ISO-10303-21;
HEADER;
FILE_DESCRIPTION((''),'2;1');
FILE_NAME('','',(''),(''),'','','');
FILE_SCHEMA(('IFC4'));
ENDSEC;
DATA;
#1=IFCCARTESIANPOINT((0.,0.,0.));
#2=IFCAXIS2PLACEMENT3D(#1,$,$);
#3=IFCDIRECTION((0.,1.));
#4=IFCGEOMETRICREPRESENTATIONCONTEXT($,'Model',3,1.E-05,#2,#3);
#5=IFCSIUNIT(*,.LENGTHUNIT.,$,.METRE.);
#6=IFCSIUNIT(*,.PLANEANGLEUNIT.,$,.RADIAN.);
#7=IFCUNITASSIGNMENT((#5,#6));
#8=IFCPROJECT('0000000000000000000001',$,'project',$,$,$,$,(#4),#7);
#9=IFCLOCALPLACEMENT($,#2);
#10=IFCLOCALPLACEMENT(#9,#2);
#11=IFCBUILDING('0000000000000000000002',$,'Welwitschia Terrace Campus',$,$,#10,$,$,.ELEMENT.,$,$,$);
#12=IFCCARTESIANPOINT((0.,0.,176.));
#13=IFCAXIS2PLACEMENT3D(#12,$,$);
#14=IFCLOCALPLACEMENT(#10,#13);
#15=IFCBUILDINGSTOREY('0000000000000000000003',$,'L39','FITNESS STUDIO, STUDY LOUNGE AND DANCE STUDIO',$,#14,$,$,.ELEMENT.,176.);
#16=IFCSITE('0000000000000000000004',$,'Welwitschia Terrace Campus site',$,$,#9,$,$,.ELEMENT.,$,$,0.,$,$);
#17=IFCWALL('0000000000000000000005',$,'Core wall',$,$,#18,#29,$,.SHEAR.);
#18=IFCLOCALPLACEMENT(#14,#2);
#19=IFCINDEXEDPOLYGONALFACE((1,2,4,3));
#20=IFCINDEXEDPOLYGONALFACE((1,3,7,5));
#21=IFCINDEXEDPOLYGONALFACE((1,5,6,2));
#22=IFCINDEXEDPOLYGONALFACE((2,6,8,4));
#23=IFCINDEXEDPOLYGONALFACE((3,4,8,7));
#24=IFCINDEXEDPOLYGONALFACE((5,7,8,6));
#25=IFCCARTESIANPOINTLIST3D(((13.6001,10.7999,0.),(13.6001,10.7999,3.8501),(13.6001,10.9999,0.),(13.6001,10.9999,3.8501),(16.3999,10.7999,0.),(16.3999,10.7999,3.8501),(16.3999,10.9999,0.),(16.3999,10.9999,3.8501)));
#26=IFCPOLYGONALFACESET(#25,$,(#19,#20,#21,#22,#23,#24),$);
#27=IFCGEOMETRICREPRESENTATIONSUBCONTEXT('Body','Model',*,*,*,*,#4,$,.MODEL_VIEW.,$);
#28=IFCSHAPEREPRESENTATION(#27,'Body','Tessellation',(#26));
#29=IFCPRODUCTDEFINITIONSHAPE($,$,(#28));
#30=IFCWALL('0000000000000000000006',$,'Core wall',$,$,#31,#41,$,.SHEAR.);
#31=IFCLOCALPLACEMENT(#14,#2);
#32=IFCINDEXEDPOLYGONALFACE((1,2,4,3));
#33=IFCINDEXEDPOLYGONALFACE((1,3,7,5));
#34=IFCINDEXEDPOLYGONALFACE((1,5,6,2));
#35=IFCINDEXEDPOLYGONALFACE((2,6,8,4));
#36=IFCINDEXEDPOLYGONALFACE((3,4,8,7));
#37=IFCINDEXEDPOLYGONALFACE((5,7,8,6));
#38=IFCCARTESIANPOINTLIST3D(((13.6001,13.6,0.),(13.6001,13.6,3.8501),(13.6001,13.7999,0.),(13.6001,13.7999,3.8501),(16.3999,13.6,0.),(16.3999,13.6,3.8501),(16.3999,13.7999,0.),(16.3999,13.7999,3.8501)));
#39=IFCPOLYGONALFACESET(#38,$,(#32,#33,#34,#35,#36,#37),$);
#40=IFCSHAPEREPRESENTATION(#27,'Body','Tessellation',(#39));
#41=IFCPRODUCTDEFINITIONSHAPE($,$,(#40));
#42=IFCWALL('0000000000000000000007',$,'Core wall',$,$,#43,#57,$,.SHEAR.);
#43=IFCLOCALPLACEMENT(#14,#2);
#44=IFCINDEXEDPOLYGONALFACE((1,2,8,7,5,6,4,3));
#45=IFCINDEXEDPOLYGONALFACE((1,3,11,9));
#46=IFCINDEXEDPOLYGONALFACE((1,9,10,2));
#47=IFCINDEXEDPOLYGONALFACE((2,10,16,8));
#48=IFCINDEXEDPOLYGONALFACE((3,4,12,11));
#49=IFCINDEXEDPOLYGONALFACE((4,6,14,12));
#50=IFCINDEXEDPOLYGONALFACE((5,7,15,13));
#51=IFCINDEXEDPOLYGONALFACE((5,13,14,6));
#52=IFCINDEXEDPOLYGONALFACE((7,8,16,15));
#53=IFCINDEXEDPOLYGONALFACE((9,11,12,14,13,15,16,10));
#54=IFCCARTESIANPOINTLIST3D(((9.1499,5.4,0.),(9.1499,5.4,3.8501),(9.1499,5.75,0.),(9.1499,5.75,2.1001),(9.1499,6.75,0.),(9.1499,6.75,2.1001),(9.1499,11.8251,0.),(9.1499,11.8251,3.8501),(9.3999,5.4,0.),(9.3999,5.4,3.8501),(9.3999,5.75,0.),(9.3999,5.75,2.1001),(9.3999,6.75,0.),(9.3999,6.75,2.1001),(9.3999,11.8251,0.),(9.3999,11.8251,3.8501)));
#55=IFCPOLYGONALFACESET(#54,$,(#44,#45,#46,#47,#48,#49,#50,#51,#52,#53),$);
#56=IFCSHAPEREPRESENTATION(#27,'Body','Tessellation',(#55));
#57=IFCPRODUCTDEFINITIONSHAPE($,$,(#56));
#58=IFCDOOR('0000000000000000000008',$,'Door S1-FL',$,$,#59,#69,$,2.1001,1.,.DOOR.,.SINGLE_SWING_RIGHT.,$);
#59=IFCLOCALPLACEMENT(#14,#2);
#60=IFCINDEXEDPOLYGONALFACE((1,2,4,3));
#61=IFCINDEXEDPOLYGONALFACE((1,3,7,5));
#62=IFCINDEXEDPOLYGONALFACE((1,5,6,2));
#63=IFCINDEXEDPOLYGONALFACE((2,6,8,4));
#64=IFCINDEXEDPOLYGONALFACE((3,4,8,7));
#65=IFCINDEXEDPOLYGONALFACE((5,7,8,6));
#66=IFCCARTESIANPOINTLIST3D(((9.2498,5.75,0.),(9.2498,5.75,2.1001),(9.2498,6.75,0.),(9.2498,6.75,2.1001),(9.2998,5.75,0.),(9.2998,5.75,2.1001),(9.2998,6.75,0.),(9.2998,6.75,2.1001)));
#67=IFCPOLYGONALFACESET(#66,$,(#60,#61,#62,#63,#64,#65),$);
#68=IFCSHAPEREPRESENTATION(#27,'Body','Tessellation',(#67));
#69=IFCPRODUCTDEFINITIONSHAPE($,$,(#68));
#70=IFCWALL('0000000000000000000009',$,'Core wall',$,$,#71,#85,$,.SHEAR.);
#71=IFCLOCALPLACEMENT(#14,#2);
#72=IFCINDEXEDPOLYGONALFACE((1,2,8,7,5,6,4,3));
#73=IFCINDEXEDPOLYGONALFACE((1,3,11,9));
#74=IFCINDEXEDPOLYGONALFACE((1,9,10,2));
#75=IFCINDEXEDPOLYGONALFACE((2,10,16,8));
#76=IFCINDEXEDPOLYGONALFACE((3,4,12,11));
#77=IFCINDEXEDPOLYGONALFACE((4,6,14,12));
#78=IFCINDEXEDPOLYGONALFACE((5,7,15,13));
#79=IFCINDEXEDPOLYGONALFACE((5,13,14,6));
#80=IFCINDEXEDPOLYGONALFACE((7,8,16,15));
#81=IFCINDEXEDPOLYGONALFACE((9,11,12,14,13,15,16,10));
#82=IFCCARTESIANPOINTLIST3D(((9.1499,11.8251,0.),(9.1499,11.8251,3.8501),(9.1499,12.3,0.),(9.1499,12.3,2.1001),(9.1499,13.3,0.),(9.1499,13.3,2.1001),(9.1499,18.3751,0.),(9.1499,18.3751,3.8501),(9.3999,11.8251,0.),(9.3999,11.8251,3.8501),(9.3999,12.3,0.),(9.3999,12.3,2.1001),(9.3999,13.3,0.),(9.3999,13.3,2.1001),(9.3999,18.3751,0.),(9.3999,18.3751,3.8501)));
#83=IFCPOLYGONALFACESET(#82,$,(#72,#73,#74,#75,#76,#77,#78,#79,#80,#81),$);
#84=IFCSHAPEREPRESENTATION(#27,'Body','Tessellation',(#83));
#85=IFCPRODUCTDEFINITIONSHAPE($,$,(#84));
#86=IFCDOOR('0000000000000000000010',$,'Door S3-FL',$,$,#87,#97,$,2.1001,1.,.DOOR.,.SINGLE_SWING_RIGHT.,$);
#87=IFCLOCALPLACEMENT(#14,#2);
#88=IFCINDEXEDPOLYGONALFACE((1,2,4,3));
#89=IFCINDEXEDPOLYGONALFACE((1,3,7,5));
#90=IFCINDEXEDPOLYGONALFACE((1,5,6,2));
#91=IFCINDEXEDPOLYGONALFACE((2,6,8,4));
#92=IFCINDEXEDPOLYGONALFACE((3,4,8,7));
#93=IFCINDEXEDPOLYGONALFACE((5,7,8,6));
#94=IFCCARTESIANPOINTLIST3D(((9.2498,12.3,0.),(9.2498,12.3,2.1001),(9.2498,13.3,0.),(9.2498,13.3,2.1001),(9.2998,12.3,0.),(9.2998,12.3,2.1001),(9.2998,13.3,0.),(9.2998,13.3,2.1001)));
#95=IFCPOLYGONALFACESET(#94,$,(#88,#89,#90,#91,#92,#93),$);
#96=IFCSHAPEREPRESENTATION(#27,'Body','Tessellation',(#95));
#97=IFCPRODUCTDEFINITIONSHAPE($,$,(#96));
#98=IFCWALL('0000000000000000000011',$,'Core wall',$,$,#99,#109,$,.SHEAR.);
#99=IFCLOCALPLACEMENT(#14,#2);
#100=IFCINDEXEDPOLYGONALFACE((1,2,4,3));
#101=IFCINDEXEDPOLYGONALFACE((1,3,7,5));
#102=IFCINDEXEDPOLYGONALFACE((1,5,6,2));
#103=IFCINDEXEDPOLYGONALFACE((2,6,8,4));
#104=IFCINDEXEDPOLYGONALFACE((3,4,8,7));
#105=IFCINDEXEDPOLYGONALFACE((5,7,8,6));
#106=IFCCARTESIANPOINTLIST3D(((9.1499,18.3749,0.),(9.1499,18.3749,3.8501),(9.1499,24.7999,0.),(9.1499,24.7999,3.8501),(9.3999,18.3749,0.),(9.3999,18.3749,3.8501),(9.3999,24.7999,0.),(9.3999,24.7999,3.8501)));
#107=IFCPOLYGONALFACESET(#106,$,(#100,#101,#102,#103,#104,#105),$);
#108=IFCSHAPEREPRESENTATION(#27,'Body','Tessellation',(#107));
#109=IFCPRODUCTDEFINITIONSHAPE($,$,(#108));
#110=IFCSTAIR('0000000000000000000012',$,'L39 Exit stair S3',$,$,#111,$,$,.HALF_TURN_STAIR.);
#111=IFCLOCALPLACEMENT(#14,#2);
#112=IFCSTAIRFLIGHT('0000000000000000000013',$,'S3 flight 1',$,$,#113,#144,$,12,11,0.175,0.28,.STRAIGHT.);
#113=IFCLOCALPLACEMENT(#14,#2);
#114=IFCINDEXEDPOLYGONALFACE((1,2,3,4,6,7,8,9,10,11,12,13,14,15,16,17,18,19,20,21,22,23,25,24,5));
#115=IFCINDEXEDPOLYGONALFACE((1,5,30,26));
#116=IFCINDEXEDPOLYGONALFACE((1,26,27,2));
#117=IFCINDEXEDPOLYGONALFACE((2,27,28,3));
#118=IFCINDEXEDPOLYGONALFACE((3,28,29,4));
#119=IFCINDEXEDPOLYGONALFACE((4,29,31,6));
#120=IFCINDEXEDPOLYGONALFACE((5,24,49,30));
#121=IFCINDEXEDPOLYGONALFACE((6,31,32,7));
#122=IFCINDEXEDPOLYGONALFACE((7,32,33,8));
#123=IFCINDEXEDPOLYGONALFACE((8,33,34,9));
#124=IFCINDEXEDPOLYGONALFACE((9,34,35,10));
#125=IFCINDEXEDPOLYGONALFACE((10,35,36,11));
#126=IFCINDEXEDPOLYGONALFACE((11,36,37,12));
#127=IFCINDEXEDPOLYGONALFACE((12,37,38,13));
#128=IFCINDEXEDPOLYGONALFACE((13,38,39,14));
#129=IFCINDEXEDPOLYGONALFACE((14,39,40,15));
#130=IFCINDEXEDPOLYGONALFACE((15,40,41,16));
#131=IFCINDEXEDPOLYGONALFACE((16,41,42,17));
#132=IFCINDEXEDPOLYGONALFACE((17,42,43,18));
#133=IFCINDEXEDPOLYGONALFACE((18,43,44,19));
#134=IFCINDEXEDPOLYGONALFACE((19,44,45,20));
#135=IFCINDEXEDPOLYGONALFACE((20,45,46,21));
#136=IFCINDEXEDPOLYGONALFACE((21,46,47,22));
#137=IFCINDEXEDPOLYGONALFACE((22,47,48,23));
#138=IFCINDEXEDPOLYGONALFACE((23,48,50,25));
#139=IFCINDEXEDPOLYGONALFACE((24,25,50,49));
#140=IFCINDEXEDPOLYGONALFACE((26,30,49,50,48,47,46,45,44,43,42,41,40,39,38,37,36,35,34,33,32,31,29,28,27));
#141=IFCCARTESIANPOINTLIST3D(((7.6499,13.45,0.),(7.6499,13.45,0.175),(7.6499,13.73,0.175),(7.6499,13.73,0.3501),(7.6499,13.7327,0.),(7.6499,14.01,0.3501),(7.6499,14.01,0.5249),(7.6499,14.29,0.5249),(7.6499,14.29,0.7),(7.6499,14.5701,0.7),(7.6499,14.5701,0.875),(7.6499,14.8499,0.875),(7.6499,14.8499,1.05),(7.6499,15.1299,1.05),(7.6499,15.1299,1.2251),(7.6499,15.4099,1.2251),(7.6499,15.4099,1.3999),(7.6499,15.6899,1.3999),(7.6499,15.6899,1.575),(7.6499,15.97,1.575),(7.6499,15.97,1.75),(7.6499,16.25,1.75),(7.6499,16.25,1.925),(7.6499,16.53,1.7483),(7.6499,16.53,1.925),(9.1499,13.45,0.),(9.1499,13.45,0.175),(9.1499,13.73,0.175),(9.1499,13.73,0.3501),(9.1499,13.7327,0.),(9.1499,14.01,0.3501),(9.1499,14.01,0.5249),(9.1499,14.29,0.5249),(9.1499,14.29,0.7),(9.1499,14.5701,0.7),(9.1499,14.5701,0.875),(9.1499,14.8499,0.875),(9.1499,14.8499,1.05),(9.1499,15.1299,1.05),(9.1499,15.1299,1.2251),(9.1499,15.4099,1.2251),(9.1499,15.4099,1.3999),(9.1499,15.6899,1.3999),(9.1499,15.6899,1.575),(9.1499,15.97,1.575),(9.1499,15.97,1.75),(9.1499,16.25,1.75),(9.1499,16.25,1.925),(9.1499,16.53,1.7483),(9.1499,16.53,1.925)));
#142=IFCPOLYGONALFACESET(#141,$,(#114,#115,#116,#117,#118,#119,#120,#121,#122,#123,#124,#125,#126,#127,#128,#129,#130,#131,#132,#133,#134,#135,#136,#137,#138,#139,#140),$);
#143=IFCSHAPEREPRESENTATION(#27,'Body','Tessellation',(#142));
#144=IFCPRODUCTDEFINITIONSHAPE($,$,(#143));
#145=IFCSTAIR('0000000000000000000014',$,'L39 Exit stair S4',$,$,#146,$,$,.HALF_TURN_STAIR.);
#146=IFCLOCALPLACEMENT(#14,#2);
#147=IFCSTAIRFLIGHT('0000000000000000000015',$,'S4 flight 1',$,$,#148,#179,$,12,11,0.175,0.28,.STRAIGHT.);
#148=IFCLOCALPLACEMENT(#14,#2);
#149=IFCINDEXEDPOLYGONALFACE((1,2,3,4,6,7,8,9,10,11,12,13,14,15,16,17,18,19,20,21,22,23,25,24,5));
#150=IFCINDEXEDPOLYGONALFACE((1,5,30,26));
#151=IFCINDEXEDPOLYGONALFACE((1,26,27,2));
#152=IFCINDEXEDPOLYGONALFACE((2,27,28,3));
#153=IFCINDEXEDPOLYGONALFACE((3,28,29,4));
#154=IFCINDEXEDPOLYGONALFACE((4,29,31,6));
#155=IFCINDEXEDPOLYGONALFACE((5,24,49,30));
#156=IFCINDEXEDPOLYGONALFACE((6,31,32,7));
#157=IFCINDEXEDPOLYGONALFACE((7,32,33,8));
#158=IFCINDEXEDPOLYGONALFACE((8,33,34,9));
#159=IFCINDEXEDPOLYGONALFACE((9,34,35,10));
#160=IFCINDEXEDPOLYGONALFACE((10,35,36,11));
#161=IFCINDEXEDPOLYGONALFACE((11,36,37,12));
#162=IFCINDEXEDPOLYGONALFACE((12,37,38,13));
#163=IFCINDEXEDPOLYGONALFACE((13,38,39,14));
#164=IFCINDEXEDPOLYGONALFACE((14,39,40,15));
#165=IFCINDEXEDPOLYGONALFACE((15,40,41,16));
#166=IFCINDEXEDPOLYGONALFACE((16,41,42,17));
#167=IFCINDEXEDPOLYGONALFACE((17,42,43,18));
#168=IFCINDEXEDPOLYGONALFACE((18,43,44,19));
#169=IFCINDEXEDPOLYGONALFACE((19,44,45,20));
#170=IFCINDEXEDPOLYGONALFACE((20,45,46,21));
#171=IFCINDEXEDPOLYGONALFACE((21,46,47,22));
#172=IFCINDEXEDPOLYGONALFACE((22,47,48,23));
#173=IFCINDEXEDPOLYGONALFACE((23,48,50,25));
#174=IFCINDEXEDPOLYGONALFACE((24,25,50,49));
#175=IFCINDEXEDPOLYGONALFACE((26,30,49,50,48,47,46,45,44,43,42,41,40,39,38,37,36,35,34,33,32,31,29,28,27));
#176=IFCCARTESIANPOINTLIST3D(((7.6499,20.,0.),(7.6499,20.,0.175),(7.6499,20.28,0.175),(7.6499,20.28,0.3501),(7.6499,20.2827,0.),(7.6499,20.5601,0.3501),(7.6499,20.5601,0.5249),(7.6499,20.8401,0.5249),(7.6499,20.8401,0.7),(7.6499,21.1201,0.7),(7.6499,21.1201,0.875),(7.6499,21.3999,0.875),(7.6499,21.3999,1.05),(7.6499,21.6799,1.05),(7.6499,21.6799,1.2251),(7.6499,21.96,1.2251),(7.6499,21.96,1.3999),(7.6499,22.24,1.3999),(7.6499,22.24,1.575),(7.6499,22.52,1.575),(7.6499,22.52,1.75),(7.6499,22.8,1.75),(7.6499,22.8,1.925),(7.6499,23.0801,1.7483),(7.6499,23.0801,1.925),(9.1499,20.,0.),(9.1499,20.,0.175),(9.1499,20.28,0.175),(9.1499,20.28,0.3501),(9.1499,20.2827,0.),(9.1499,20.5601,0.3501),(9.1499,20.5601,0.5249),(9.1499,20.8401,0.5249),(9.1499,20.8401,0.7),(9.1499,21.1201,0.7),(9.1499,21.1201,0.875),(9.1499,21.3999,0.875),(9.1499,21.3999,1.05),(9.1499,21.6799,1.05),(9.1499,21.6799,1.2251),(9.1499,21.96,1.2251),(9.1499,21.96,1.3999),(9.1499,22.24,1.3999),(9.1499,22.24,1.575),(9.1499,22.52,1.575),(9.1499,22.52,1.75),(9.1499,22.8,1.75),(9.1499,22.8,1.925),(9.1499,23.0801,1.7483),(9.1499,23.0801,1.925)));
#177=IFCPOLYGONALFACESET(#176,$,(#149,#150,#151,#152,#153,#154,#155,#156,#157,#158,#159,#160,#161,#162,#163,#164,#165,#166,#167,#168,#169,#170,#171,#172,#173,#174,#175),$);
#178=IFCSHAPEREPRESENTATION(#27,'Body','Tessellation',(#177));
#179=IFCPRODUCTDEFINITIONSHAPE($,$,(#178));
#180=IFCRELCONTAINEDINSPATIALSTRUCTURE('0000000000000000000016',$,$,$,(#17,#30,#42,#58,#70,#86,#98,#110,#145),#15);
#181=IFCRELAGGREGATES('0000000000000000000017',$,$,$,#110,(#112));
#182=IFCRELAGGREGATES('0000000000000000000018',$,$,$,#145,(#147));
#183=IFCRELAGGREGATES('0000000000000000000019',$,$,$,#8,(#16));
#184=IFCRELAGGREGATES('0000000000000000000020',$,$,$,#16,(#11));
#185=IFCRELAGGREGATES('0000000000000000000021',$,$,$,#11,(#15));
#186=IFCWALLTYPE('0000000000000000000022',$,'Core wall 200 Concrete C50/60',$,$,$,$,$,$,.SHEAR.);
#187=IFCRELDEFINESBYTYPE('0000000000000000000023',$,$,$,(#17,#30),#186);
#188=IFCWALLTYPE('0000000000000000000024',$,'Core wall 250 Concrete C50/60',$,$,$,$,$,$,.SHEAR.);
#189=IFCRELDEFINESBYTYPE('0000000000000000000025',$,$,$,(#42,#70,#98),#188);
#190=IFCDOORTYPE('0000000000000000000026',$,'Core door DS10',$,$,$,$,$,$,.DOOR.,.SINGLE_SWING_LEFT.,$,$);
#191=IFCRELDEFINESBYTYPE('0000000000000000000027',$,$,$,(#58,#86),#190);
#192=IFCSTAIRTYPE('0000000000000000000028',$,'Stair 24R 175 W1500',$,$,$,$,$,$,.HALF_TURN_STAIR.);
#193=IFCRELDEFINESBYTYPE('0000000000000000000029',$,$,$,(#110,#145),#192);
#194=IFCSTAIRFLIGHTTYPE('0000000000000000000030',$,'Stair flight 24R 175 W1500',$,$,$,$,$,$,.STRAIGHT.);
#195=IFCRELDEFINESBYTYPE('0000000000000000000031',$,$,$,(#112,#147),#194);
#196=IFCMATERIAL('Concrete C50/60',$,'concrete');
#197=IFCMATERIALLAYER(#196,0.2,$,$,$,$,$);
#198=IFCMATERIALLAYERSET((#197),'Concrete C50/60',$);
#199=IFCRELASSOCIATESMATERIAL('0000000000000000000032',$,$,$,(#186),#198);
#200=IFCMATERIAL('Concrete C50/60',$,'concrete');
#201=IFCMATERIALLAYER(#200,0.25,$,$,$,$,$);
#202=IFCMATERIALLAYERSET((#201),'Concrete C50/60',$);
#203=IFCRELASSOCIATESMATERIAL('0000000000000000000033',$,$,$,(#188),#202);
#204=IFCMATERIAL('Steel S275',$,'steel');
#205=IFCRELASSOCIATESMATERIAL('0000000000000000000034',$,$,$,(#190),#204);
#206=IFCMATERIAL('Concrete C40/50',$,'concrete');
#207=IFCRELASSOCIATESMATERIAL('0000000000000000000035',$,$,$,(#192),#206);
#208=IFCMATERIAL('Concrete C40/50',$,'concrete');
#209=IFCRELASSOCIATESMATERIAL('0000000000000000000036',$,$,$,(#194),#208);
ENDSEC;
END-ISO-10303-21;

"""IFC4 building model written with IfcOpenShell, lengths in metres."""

from ifc_helpers import new_model, si_unit, direction, frame, frame_2d, origin, place, context, subcontext, project, spatial, polyline, rectangle, outline, extrude, material, layer, layer_set, type_object, element, fill, aggregate, save


model = new_model("IFC4")

# Units and contexts
model_context = context("Model", 3, precision=1e-05, world=origin(), true_north=direction((0.0, 1.0)))
body_context = subcontext(model_context, "Body", "Model", "MODEL_VIEW")
ifc_project = project(units=[si_unit("LENGTHUNIT", "METRE"), si_unit("PLANEANGLEUNIT", "RADIAN")], contexts=[model_context])

# Site, building, storey
site_placement = place(None, origin())
site = spatial("IfcSite", under=ifc_project, at=site_placement, Name="Welwitschia Terrace Campus site", CompositionType="ELEMENT", RefElevation=0.0)
building_placement = place(site_placement, origin())
building = spatial("IfcBuilding", under=site, at=building_placement, Name="Welwitschia Terrace Campus", CompositionType="ELEMENT")
storey_placement = place(building_placement, frame((0.0, 0.0, 176.0)))
storey = spatial("IfcBuildingStorey", under=building, at=storey_placement, Name="L39", Description="FITNESS STUDIO, STUDY LOUNGE AND DANCE STUDIO", CompositionType="ELEMENT", Elevation=176.0)

# Walls
ifc_material_1 = material(Name="Concrete C50/60", Category="concrete")
ifc_layer_1 = layer(ifc_material_1, 0.2)
ifc_layer_set_1 = layer_set([ifc_layer_1], Name="Concrete C50/60")
wall_type_1 = type_object("IfcWallType", Name="Core wall 200 Concrete C50/60", PredefinedType="SHEAR", material=ifc_layer_set_1)
for number, where, z_axis, x_axis, name in (
    (1, (13.6001, 10.8999, 0.0), (0.0, 0.0, 1.0), (1.0, 0.0, 0.0), "Core wall"),
    (2, (13.6001, 13.7, 0.0), (0.0, 0.0, 1.0), (1.0, 0.0, 0.0), "Core wall"),
):
    element("IfcWall", number, at=place(storey_placement, frame(where, z_axis=z_axis, x_axis=x_axis)), inside=storey, type_object=wall_type_1, Name=name, PredefinedType="SHEAR", context=body_context, shape_type="SweptSolid", body=[
        extrude(rectangle(XDim=2.7998, YDim=0.2, at=frame_2d((1.3999, 0.0))), origin(), (0.0, 0.0, 1.0), 3.8501),
    ])

# Walls, openings, doors
ifc_material_2 = material(Name="Concrete C50/60", Category="concrete")
ifc_layer_2 = layer(ifc_material_2, 0.25)
ifc_layer_set_2 = layer_set([ifc_layer_2], Name="Concrete C50/60")
wall_type_2 = type_object("IfcWallType", Name="Core wall 250 Concrete C50/60", PredefinedType="SHEAR", material=ifc_layer_set_2)
wall_1_placement = place(storey_placement, frame((9.2749, 11.825, 0.0), z_axis=(0.0, 0.0, 1.0), x_axis=(0.0, -1.0, 0.0)))
wall_1 = element("IfcWall", 3, at=wall_1_placement, inside=storey, type_object=wall_type_2, Name="Core wall", PredefinedType="SHEAR", context=body_context, shape_type="SweptSolid", body=[
    extrude(rectangle(XDim=6.425, YDim=0.25, at=frame_2d((3.2124, 0.0))), origin(), (0.0, 0.0, 1.0), 3.8501),
])
opening_1_placement = place(wall_1_placement, frame((5.075, 0.0, 0.0)))
opening_1 = element("IfcOpeningElement", 4, at=opening_1_placement, cuts=wall_1, PredefinedType="OPENING", context=body_context, shape_type="SweptSolid", body=[
    extrude(rectangle(XDim=1.0, YDim=2.1001, at=frame_2d((0.5, 1.05))), frame((0.0, 0.135, 0.0), z_axis=(0.0, -1.0, 0.0), x_axis=(1.0, 0.0, 0.0)), (0.0, 0.0, 1.0), 0.27),
])
ifc_material_3 = material(Name="Steel S275", Category="steel")
door_type_1 = type_object("IfcDoorType", Name="Core door DS10", OperationType="SINGLE_SWING_LEFT", PredefinedType="DOOR", material=ifc_material_3)
door_1_placement = place(opening_1_placement, origin())
door_1 = element("IfcDoor", 5, at=door_1_placement, inside=storey, type_object=door_type_1, Name="Door S1-FL", OperationType="SINGLE_SWING_RIGHT", OverallHeight=2.1001, OverallWidth=1.0, PredefinedType="DOOR", context=body_context, shape_type="SweptSolid", body=[
    extrude(rectangle(XDim=1.0, YDim=2.1001, at=frame_2d((0.5, 1.05))), frame((0.0, 0.0249, 0.0), z_axis=(0.0, -1.0, 0.0), x_axis=(1.0, 0.0, 0.0)), (0.0, 0.0, 1.0), 0.05),
])
fill(opening_1, door_1)
wall_2_placement = place(storey_placement, frame((9.2749, 18.375, 0.0), z_axis=(0.0, 0.0, 1.0), x_axis=(0.0, -1.0, 0.0)))
wall_2 = element("IfcWall", 6, at=wall_2_placement, inside=storey, type_object=wall_type_2, Name="Core wall", PredefinedType="SHEAR", context=body_context, shape_type="SweptSolid", body=[
    extrude(rectangle(XDim=6.55, YDim=0.25, at=frame_2d((3.2749, 0.0))), origin(), (0.0, 0.0, 1.0), 3.8501),
])
opening_2_placement = place(wall_2_placement, frame((5.075, 0.0, 0.0)))
opening_2 = element("IfcOpeningElement", 7, at=opening_2_placement, cuts=wall_2, PredefinedType="OPENING", context=body_context, shape_type="SweptSolid", body=[
    extrude(rectangle(XDim=1.0, YDim=2.1001, at=frame_2d((0.5, 1.05))), frame((0.0, 0.135, 0.0), z_axis=(0.0, -1.0, 0.0), x_axis=(1.0, 0.0, 0.0)), (0.0, 0.0, 1.0), 0.27),
])
door_2_placement = place(opening_2_placement, origin())
door_2 = element("IfcDoor", 8, at=door_2_placement, inside=storey, type_object=door_type_1, Name="Door S3-FL", OperationType="SINGLE_SWING_RIGHT", OverallHeight=2.1001, OverallWidth=1.0, PredefinedType="DOOR", context=body_context, shape_type="SweptSolid", body=[
    extrude(rectangle(XDim=1.0, YDim=2.1001, at=frame_2d((0.5, 1.05))), frame((0.0, 0.0249, 0.0), z_axis=(0.0, -1.0, 0.0), x_axis=(1.0, 0.0, 0.0)), (0.0, 0.0, 1.0), 0.05),
])
fill(opening_2, door_2)

# Wall
wall_3_placement = place(storey_placement, frame((9.2749, 18.375, 0.0), z_axis=(0.0, 0.0, 1.0), x_axis=(0.0, 1.0, 0.0)))
element("IfcWall", 9, at=wall_3_placement, inside=storey, type_object=wall_type_2, Name="Core wall", PredefinedType="SHEAR", context=body_context, shape_type="SweptSolid", body=[
    extrude(rectangle(XDim=6.425, YDim=0.25, at=frame_2d((3.2124, 0.0))), origin(), (0.0, 0.0, 1.0), 3.8501),
])

# Stairs, stair flights
ifc_material_4 = material(Name="Concrete C40/50", Category="concrete")
stair_type = type_object("IfcStairType", Name="Stair 24R 175 W1500", PredefinedType="HALF_TURN_STAIR", material=ifc_material_4)
stair_1_placement = place(storey_placement, origin())
stair_1 = element("IfcStair", 10, at=stair_1_placement, inside=storey, type_object=stair_type, Name="L39 Exit stair S3", PredefinedType="HALF_TURN_STAIR")
ifc_material_5 = material(Name="Concrete C40/50", Category="concrete")
stair_flight_type = type_object("IfcStairFlightType", Name="Stair flight 24R 175 W1500", PredefinedType="STRAIGHT", material=ifc_material_5)
stair_flight_1_placement = place(storey_placement, frame((8.3999, 13.45, 0.0), z_axis=(0.0, 0.0, 1.0), x_axis=(0.0, 1.0, 0.0)))
stair_flight_1 = element("IfcStairFlight", 11, at=stair_flight_1_placement, type_object=stair_flight_type, Name="S3 flight 1", NumberOfRisers=12, NumberOfTreads=11, PredefinedType="STRAIGHT", RiserHeight=0.175, TreadLength=0.28, context=body_context, shape_type="SweptSolid", body=[
    extrude(outline(polyline([(0.0, 0.0), (0.0, 0.175), (0.28, 0.175), (0.28, 0.3501), (0.5601, 0.3501), (0.5601, 0.5249), (0.8401, 0.5249), (0.8401, 0.7), (1.1201, 0.7), (1.1201, 0.875), (1.3999, 0.875), (1.3999, 1.05), (1.6799, 1.05), (1.6799, 1.2251), (1.96, 1.2251), (1.96, 1.3999), (2.24, 1.3999), (2.24, 1.575), (2.52, 1.575), (2.52, 1.75), (2.8, 1.75), (2.8, 1.925), (3.0801, 1.925), (3.0801, 2.1001), (3.0801, 1.7483), (0.2827, 0.0), (0.0, 0.0)])), frame((0.0, 0.75, 0.0), z_axis=(0.0, -1.0, 0.0), x_axis=(1.0, 0.0, 0.0)), (0.0, 0.0, 1.0), 1.5),
])
aggregate(stair_1, [stair_flight_1])
stair_2_placement = place(storey_placement, origin())
stair_2 = element("IfcStair", 12, at=stair_2_placement, inside=storey, type_object=stair_type, Name="L39 Exit stair S4", PredefinedType="HALF_TURN_STAIR")
stair_flight_2_placement = place(storey_placement, frame((8.3999, 20.0, 0.0), z_axis=(0.0, 0.0, 1.0), x_axis=(0.0, 1.0, 0.0)))
stair_flight_2 = element("IfcStairFlight", 13, at=stair_flight_2_placement, type_object=stair_flight_type, Name="S4 flight 1", NumberOfRisers=12, NumberOfTreads=11, PredefinedType="STRAIGHT", RiserHeight=0.175, TreadLength=0.28, context=body_context, shape_type="SweptSolid", body=[
    extrude(outline(polyline([(0.0, 0.0), (0.0, 0.175), (0.28, 0.175), (0.28, 0.3501), (0.5601, 0.3501), (0.5601, 0.5249), (0.8401, 0.5249), (0.8401, 0.7), (1.1201, 0.7), (1.1201, 0.875), (1.3999, 0.875), (1.3999, 1.05), (1.6799, 1.05), (1.6799, 1.2251), (1.96, 1.2251), (1.96, 1.3999), (2.24, 1.3999), (2.24, 1.575), (2.52, 1.575), (2.52, 1.75), (2.8, 1.75), (2.8, 1.925), (3.0801, 1.925), (3.0801, 2.1001), (3.0801, 1.7483), (0.2827, 0.0), (0.0, 0.0)])), frame((0.0, 0.75, 0.0), z_axis=(0.0, -1.0, 0.0), x_axis=(1.0, 0.0, 0.0)), (0.0, 0.0, 1.0), 1.5),
])
aggregate(stair_2, [stair_flight_2])

save(model, "model.ifc")
